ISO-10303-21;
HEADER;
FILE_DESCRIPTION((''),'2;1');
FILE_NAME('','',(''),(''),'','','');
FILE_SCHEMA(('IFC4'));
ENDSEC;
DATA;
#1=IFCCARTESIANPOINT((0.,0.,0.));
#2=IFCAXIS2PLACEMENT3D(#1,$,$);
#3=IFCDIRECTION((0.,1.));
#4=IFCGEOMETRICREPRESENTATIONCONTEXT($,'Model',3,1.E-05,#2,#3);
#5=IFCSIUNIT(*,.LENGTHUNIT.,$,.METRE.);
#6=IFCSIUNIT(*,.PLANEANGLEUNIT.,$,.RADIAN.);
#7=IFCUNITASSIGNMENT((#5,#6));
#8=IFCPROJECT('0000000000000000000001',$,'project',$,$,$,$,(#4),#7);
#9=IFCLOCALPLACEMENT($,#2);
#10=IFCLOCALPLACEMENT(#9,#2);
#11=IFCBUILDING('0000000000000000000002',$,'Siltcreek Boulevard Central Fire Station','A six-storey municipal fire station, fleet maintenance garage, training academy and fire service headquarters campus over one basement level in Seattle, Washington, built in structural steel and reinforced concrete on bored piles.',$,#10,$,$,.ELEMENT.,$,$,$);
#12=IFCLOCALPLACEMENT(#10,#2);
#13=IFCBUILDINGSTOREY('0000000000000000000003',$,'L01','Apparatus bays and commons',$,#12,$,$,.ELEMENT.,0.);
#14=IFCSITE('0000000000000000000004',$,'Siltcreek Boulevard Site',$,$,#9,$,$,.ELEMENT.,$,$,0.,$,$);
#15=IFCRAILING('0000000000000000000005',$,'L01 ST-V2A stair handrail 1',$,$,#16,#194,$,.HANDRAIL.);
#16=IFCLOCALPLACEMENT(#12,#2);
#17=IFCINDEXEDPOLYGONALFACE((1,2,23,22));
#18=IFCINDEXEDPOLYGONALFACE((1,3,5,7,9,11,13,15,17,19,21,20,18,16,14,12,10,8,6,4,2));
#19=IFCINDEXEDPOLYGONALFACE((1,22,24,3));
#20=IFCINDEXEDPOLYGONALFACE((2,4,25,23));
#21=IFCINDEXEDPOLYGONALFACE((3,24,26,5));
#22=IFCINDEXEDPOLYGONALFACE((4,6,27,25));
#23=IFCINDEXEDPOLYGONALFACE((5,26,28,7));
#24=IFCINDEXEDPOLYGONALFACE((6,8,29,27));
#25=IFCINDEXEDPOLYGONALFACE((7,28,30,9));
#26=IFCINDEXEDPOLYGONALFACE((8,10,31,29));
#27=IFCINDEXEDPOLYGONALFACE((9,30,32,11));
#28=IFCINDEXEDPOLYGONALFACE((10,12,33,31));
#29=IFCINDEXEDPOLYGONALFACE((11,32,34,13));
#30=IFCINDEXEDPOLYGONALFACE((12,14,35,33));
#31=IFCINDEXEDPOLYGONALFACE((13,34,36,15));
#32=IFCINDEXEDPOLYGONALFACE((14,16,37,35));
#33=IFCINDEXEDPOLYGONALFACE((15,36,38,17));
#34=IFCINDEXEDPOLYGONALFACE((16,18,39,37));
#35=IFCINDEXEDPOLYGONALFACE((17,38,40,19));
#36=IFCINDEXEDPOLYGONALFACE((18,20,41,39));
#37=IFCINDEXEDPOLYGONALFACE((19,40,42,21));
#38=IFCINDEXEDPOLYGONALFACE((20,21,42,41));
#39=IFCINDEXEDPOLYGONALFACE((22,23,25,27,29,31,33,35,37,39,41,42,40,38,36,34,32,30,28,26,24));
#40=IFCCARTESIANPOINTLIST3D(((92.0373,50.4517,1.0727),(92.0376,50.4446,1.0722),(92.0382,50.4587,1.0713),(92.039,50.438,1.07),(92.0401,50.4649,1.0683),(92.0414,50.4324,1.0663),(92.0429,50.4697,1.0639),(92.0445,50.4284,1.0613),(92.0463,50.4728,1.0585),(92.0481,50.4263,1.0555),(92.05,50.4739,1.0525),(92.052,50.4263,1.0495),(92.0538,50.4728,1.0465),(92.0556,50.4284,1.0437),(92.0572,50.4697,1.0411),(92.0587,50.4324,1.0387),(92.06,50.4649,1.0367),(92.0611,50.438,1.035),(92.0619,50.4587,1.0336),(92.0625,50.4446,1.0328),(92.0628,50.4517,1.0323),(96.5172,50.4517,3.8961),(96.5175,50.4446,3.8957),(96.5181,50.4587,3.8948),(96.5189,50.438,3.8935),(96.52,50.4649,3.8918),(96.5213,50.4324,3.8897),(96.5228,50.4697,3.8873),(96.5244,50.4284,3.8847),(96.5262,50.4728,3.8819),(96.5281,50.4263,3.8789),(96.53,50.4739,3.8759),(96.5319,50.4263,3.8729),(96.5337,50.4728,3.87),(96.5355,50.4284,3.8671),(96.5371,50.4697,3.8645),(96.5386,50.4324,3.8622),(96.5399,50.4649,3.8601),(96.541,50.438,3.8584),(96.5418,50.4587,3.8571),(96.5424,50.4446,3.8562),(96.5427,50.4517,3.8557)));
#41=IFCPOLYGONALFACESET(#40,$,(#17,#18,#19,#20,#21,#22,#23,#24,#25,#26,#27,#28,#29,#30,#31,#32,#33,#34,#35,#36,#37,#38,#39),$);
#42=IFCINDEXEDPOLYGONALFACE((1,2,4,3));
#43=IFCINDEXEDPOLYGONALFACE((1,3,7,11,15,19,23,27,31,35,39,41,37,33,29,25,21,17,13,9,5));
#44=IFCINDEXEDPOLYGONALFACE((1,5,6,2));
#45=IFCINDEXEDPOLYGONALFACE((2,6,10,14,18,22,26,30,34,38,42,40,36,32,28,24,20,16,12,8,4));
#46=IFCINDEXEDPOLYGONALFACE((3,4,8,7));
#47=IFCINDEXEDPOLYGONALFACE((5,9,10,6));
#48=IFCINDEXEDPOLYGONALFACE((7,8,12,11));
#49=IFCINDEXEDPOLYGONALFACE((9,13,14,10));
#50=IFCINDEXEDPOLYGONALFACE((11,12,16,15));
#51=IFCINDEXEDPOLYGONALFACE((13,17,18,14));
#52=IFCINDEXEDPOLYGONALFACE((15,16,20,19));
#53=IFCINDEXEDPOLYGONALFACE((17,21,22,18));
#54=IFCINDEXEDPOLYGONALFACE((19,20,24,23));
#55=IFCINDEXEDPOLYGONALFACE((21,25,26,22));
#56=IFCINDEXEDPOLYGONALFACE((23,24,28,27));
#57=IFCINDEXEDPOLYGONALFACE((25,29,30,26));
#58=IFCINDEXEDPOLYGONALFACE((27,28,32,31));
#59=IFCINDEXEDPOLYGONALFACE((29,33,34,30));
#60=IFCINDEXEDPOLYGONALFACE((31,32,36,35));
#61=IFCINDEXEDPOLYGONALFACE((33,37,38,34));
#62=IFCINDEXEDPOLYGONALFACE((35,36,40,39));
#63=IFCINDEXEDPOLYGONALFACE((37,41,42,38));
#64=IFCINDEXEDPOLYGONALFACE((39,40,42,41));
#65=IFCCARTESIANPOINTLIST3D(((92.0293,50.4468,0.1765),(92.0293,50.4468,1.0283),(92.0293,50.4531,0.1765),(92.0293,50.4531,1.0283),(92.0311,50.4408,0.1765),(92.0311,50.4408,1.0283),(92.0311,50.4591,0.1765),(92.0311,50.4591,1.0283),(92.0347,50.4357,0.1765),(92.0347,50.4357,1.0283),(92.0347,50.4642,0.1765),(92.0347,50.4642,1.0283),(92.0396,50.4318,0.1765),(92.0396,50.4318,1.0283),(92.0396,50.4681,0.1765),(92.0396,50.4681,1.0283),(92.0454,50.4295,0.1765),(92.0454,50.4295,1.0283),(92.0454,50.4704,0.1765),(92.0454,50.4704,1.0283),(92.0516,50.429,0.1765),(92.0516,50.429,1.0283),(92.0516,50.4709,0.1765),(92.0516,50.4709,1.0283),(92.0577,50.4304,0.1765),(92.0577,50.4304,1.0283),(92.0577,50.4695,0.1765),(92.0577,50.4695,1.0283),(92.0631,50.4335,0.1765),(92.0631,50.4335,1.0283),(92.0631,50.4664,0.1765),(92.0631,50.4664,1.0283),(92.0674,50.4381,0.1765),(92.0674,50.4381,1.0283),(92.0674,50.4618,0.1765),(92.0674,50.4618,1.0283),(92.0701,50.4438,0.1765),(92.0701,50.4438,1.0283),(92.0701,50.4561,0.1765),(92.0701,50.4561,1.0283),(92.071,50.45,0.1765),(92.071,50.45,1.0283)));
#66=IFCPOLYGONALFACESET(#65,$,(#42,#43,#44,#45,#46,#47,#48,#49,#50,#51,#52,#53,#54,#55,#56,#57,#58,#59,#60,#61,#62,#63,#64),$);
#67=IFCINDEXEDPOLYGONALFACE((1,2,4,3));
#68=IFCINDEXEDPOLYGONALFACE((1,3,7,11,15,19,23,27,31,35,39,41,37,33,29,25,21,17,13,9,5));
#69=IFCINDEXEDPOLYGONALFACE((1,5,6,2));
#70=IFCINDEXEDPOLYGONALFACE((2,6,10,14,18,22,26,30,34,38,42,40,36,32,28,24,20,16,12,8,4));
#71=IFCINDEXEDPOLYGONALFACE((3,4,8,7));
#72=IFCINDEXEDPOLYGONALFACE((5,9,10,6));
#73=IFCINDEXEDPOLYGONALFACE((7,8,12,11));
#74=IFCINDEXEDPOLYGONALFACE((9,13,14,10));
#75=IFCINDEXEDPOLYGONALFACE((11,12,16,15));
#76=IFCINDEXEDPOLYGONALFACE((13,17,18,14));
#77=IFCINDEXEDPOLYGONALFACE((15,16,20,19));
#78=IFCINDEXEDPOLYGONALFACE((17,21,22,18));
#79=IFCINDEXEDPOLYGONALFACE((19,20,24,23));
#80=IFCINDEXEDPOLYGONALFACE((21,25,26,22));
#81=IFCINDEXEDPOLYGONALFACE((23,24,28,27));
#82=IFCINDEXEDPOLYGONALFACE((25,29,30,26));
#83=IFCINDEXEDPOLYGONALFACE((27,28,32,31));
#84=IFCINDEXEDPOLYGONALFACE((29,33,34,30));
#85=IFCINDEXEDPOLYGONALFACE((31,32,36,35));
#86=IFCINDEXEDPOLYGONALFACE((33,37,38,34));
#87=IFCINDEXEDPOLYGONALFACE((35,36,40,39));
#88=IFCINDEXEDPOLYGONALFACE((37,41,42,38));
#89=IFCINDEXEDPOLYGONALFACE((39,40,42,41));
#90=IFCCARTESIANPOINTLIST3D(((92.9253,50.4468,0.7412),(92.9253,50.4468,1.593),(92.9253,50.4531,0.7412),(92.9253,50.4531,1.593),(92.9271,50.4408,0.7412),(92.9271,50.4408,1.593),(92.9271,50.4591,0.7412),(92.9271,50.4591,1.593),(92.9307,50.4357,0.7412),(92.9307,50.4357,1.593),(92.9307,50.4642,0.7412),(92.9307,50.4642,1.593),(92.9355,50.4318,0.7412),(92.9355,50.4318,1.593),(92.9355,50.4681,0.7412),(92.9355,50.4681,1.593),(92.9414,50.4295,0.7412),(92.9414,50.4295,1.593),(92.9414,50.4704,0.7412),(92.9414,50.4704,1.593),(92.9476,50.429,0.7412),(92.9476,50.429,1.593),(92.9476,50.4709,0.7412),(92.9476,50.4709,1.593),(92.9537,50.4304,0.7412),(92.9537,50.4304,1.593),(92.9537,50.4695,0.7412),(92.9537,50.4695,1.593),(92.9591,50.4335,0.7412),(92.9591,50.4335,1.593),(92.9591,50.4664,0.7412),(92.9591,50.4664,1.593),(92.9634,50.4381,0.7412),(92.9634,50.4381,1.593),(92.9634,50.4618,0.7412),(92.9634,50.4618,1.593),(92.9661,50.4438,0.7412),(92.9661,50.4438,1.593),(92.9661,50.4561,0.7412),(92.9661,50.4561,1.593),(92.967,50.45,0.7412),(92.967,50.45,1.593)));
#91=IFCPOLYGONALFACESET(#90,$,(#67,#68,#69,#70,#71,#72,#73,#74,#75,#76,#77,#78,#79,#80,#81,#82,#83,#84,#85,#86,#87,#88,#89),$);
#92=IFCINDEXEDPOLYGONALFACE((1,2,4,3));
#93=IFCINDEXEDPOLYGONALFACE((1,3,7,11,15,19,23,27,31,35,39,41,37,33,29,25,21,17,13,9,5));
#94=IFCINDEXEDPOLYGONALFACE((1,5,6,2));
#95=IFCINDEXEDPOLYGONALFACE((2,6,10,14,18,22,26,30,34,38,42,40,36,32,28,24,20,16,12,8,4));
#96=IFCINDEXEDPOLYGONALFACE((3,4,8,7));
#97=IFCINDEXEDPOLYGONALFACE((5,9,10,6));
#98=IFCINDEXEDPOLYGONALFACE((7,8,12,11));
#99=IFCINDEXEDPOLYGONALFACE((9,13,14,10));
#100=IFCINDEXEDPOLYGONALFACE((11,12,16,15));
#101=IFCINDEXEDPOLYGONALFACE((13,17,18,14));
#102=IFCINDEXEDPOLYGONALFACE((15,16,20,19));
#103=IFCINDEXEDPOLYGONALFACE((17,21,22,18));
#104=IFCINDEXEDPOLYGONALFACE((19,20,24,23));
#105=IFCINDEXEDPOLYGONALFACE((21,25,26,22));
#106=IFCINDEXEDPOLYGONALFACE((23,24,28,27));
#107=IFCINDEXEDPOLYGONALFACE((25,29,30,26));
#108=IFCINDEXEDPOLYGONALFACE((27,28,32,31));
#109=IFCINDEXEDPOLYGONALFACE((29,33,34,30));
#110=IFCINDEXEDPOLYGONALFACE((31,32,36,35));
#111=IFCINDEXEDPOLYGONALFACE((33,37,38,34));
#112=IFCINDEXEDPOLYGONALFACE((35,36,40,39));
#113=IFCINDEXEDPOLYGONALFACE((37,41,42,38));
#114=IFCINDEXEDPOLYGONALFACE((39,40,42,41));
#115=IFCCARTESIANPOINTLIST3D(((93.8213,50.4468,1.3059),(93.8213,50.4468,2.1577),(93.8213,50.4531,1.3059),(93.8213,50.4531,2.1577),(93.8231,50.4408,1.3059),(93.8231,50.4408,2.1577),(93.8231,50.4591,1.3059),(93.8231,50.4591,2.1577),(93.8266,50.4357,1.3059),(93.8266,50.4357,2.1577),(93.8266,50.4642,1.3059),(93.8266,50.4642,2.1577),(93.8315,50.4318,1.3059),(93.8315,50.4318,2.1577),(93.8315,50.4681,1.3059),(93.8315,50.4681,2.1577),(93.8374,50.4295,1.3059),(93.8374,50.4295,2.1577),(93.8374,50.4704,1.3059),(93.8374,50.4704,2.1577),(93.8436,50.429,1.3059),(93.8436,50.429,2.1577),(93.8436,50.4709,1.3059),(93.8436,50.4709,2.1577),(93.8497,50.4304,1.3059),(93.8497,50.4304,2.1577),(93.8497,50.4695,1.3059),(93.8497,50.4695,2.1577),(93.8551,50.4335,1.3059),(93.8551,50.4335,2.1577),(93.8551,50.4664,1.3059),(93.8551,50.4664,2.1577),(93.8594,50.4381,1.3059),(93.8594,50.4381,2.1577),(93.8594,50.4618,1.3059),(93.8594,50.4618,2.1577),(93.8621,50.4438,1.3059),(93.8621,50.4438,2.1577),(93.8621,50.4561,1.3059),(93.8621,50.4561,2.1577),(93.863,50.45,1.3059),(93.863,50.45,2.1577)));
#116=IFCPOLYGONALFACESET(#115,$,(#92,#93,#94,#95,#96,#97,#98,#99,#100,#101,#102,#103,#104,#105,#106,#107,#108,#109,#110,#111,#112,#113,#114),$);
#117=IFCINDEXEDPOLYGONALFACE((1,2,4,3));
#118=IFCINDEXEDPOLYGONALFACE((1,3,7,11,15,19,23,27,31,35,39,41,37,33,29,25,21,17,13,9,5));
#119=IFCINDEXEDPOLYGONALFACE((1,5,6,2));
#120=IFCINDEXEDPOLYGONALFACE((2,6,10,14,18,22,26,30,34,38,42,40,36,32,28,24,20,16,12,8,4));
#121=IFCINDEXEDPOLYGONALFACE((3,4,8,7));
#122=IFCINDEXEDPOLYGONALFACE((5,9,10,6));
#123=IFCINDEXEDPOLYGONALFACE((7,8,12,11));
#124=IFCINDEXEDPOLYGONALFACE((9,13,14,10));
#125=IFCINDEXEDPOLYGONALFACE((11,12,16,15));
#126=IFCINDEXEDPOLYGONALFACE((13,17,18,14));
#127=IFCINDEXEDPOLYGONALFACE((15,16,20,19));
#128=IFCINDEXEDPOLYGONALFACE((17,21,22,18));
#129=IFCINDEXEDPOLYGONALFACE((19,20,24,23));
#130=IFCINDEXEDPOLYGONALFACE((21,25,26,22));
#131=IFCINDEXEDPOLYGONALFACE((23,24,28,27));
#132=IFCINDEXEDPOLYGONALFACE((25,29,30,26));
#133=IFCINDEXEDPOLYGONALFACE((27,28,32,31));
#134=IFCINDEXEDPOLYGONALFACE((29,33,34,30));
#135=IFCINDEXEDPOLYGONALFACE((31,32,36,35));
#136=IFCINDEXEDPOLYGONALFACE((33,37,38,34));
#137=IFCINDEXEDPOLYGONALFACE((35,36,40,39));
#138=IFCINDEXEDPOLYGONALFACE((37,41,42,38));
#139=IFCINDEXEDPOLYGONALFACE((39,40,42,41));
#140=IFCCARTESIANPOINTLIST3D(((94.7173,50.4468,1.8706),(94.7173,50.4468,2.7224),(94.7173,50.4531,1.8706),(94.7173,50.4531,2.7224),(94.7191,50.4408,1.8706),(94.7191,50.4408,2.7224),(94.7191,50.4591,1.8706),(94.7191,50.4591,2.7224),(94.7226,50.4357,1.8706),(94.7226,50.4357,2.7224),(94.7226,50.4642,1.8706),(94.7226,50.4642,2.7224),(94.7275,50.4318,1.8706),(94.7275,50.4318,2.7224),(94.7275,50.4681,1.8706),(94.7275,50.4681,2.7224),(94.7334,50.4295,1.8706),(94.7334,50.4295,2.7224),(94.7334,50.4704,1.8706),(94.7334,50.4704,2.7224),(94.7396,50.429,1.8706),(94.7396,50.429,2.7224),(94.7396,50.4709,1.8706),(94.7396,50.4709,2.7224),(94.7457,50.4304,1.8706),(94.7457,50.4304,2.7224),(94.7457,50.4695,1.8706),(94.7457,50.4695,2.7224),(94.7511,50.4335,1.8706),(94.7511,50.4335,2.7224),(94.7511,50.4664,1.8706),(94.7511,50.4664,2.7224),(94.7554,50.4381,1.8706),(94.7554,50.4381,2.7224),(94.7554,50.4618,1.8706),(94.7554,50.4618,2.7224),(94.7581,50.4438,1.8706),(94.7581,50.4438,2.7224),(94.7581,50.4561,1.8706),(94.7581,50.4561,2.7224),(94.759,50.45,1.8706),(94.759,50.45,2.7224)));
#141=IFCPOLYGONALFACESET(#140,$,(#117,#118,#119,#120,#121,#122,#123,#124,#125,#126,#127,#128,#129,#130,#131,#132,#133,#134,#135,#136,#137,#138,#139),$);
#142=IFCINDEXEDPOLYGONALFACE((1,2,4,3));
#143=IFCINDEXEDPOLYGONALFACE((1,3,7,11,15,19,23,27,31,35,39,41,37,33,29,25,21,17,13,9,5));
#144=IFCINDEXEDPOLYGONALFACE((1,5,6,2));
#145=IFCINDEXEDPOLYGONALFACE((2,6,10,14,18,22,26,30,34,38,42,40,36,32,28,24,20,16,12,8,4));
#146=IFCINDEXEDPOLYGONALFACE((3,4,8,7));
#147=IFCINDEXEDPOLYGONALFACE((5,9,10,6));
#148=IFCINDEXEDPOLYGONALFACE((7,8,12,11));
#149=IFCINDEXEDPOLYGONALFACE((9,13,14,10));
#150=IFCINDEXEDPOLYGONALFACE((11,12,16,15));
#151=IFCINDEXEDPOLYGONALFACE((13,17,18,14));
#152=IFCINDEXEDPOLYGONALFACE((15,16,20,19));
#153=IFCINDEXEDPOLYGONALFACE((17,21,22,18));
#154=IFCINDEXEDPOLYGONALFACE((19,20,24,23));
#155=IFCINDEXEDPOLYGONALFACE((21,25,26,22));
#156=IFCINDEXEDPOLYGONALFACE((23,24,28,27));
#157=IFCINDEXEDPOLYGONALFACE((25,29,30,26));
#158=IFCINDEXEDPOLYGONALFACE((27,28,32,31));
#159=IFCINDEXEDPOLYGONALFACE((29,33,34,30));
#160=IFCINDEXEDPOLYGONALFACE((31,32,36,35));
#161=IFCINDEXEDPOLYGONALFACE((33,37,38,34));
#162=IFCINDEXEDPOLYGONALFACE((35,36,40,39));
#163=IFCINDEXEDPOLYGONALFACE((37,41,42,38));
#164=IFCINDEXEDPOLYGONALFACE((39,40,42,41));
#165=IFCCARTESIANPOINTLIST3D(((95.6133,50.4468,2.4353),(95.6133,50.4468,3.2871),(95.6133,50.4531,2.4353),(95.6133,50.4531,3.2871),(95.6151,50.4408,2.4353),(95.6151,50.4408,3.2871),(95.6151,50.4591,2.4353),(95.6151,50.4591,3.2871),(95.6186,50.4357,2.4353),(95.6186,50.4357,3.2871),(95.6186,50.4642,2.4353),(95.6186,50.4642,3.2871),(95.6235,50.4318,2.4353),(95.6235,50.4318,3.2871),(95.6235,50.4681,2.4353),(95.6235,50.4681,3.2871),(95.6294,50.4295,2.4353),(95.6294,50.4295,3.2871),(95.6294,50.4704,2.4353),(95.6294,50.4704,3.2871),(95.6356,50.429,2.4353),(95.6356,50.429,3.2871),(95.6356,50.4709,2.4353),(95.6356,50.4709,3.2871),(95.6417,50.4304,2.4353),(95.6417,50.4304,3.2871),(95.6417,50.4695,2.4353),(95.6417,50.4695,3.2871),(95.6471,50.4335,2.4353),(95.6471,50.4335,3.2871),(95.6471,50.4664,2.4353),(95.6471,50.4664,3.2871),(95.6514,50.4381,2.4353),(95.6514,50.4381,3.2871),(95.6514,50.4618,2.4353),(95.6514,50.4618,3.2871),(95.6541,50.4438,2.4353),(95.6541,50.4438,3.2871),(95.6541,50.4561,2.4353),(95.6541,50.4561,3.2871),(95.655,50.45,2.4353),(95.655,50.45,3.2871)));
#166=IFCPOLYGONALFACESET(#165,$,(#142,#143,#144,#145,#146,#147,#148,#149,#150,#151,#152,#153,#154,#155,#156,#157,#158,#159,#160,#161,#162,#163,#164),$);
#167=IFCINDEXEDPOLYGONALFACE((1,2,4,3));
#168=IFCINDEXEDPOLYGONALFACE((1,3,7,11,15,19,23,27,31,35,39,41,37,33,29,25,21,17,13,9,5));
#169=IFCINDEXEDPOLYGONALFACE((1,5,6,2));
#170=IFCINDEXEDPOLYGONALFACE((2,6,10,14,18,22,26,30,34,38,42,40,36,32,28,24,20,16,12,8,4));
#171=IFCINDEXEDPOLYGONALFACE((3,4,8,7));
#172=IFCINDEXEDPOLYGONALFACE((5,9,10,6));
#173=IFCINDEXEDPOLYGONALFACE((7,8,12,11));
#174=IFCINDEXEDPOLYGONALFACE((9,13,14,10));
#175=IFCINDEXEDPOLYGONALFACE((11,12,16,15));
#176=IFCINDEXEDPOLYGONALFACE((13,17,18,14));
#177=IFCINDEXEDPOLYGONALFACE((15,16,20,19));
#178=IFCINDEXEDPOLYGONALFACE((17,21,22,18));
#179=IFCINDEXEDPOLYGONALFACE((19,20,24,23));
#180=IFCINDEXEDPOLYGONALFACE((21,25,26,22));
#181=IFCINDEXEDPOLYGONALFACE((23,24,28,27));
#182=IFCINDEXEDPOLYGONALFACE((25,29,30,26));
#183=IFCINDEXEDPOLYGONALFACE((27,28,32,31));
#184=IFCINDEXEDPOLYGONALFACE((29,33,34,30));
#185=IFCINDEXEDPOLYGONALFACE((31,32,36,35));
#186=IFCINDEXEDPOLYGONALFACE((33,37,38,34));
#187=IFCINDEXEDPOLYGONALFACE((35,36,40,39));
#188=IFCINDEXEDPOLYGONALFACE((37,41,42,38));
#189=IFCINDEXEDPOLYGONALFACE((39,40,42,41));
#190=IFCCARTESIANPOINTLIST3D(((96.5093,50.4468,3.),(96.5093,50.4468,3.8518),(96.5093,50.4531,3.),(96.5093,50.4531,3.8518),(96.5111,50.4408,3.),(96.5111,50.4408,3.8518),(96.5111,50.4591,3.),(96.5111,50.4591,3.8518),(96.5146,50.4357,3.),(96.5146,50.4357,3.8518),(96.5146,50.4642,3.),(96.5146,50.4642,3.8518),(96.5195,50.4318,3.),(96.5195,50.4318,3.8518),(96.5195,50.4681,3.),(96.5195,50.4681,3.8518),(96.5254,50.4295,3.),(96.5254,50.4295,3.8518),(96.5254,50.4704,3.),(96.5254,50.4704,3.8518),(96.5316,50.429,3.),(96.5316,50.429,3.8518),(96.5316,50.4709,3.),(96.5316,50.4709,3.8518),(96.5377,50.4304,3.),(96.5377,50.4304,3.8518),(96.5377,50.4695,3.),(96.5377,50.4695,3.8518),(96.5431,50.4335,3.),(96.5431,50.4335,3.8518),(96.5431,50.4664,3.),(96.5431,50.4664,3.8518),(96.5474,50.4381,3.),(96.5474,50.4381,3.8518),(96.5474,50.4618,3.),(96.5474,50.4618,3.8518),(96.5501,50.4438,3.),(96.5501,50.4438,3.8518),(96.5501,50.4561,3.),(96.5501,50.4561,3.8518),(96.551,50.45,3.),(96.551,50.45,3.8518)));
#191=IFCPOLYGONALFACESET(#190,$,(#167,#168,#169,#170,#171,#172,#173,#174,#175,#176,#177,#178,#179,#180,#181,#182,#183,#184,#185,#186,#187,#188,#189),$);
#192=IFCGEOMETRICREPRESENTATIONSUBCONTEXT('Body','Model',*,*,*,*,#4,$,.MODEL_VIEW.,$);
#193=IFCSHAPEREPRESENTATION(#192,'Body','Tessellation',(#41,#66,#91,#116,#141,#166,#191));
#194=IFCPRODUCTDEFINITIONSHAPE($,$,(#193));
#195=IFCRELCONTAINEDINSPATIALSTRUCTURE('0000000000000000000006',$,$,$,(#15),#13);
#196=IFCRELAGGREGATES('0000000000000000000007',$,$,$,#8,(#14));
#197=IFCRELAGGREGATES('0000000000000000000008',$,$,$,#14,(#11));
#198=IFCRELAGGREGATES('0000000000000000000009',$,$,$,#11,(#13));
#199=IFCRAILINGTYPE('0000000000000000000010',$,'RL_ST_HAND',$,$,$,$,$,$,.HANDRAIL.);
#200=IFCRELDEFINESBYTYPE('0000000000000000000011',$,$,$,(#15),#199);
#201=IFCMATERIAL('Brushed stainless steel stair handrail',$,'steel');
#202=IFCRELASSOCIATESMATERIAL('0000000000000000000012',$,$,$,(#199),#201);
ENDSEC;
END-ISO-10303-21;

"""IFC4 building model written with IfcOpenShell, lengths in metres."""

from ifc_helpers import new_model, si_unit, direction, frame, origin, origin_2d, place, context, subcontext, project, spatial, circle, extrude, material, type_object, element, save


model = new_model("IFC4")

# Units and contexts
model_context = context("Model", 3, precision=1e-05, world=origin(), true_north=direction((0.0, 1.0)))
body_context = subcontext(model_context, "Body", "Model", "MODEL_VIEW")
ifc_project = project(units=[si_unit("LENGTHUNIT", "METRE"), si_unit("PLANEANGLEUNIT", "RADIAN")], contexts=[model_context])

# Site, building, storey
site_placement = place(None, origin())
site = spatial("IfcSite", under=ifc_project, at=site_placement, Name="Siltcreek Boulevard Site", CompositionType="ELEMENT", RefElevation=0.0)
building_placement = place(site_placement, origin())
building = spatial("IfcBuilding", under=site, at=building_placement, Name="Siltcreek Boulevard Central Fire Station", Description="A six-storey municipal fire station, fleet maintenance garage, training academy and fire service headquarters campus over one basement level in Seattle, Washington, built in structural steel and reinforced concrete on bored piles.", CompositionType="ELEMENT")
storey_placement = place(building_placement, origin())
storey = spatial("IfcBuildingStorey", under=building, at=storey_placement, Name="L01", Description="Apparatus bays and commons", CompositionType="ELEMENT", Elevation=0.0)

# Railing
ifc_material_1 = material(Name="Brushed stainless steel stair handrail", Category="steel")
railing_type_1 = type_object("IfcRailingType", Name="RL_ST_HAND", PredefinedType="HANDRAIL", material=ifc_material_1)
railing_1_placement = place(storey_placement, frame((92.05, 50.45, 0.1765)))
element("IfcRailing", 1, at=railing_1_placement, inside=storey, type_object=railing_type_1, Name="L01 ST-V2A stair handrail 1", PredefinedType="HANDRAIL", context=body_context, shape_type="SweptSolid", body=[
    extrude(circle(Radius=0.0239, at=origin_2d()), frame((0.0, 0.0, 0.876), z_axis=(0.845998, 0.0, 0.533186), x_axis=(0.0, 1.0, 0.0)), (0.0, 0.0, 1.0), 5.2954),
    extrude(circle(Radius=0.021, at=origin_2d()), origin(), (0.0, 0.0, 1.0), 0.8518),
    extrude(circle(Radius=0.021, at=origin_2d()), frame((0.896, 0.0, 0.5647)), (0.0, 0.0, 1.0), 0.8518),
    extrude(circle(Radius=0.021, at=origin_2d()), frame((1.792, 0.0, 1.1294)), (0.0, 0.0, 1.0), 0.8518),
    extrude(circle(Radius=0.021, at=origin_2d()), frame((2.688, 0.0, 1.6941)), (0.0, 0.0, 1.0), 0.8518),
    extrude(circle(Radius=0.021, at=origin_2d()), frame((3.584, 0.0, 2.2588)), (0.0, 0.0, 1.0), 0.8518),
    extrude(circle(Radius=0.021, at=origin_2d()), frame((4.48, 0.0, 2.8235)), (0.0, 0.0, 1.0), 0.8518),
])

save(model, "model.ifc")
